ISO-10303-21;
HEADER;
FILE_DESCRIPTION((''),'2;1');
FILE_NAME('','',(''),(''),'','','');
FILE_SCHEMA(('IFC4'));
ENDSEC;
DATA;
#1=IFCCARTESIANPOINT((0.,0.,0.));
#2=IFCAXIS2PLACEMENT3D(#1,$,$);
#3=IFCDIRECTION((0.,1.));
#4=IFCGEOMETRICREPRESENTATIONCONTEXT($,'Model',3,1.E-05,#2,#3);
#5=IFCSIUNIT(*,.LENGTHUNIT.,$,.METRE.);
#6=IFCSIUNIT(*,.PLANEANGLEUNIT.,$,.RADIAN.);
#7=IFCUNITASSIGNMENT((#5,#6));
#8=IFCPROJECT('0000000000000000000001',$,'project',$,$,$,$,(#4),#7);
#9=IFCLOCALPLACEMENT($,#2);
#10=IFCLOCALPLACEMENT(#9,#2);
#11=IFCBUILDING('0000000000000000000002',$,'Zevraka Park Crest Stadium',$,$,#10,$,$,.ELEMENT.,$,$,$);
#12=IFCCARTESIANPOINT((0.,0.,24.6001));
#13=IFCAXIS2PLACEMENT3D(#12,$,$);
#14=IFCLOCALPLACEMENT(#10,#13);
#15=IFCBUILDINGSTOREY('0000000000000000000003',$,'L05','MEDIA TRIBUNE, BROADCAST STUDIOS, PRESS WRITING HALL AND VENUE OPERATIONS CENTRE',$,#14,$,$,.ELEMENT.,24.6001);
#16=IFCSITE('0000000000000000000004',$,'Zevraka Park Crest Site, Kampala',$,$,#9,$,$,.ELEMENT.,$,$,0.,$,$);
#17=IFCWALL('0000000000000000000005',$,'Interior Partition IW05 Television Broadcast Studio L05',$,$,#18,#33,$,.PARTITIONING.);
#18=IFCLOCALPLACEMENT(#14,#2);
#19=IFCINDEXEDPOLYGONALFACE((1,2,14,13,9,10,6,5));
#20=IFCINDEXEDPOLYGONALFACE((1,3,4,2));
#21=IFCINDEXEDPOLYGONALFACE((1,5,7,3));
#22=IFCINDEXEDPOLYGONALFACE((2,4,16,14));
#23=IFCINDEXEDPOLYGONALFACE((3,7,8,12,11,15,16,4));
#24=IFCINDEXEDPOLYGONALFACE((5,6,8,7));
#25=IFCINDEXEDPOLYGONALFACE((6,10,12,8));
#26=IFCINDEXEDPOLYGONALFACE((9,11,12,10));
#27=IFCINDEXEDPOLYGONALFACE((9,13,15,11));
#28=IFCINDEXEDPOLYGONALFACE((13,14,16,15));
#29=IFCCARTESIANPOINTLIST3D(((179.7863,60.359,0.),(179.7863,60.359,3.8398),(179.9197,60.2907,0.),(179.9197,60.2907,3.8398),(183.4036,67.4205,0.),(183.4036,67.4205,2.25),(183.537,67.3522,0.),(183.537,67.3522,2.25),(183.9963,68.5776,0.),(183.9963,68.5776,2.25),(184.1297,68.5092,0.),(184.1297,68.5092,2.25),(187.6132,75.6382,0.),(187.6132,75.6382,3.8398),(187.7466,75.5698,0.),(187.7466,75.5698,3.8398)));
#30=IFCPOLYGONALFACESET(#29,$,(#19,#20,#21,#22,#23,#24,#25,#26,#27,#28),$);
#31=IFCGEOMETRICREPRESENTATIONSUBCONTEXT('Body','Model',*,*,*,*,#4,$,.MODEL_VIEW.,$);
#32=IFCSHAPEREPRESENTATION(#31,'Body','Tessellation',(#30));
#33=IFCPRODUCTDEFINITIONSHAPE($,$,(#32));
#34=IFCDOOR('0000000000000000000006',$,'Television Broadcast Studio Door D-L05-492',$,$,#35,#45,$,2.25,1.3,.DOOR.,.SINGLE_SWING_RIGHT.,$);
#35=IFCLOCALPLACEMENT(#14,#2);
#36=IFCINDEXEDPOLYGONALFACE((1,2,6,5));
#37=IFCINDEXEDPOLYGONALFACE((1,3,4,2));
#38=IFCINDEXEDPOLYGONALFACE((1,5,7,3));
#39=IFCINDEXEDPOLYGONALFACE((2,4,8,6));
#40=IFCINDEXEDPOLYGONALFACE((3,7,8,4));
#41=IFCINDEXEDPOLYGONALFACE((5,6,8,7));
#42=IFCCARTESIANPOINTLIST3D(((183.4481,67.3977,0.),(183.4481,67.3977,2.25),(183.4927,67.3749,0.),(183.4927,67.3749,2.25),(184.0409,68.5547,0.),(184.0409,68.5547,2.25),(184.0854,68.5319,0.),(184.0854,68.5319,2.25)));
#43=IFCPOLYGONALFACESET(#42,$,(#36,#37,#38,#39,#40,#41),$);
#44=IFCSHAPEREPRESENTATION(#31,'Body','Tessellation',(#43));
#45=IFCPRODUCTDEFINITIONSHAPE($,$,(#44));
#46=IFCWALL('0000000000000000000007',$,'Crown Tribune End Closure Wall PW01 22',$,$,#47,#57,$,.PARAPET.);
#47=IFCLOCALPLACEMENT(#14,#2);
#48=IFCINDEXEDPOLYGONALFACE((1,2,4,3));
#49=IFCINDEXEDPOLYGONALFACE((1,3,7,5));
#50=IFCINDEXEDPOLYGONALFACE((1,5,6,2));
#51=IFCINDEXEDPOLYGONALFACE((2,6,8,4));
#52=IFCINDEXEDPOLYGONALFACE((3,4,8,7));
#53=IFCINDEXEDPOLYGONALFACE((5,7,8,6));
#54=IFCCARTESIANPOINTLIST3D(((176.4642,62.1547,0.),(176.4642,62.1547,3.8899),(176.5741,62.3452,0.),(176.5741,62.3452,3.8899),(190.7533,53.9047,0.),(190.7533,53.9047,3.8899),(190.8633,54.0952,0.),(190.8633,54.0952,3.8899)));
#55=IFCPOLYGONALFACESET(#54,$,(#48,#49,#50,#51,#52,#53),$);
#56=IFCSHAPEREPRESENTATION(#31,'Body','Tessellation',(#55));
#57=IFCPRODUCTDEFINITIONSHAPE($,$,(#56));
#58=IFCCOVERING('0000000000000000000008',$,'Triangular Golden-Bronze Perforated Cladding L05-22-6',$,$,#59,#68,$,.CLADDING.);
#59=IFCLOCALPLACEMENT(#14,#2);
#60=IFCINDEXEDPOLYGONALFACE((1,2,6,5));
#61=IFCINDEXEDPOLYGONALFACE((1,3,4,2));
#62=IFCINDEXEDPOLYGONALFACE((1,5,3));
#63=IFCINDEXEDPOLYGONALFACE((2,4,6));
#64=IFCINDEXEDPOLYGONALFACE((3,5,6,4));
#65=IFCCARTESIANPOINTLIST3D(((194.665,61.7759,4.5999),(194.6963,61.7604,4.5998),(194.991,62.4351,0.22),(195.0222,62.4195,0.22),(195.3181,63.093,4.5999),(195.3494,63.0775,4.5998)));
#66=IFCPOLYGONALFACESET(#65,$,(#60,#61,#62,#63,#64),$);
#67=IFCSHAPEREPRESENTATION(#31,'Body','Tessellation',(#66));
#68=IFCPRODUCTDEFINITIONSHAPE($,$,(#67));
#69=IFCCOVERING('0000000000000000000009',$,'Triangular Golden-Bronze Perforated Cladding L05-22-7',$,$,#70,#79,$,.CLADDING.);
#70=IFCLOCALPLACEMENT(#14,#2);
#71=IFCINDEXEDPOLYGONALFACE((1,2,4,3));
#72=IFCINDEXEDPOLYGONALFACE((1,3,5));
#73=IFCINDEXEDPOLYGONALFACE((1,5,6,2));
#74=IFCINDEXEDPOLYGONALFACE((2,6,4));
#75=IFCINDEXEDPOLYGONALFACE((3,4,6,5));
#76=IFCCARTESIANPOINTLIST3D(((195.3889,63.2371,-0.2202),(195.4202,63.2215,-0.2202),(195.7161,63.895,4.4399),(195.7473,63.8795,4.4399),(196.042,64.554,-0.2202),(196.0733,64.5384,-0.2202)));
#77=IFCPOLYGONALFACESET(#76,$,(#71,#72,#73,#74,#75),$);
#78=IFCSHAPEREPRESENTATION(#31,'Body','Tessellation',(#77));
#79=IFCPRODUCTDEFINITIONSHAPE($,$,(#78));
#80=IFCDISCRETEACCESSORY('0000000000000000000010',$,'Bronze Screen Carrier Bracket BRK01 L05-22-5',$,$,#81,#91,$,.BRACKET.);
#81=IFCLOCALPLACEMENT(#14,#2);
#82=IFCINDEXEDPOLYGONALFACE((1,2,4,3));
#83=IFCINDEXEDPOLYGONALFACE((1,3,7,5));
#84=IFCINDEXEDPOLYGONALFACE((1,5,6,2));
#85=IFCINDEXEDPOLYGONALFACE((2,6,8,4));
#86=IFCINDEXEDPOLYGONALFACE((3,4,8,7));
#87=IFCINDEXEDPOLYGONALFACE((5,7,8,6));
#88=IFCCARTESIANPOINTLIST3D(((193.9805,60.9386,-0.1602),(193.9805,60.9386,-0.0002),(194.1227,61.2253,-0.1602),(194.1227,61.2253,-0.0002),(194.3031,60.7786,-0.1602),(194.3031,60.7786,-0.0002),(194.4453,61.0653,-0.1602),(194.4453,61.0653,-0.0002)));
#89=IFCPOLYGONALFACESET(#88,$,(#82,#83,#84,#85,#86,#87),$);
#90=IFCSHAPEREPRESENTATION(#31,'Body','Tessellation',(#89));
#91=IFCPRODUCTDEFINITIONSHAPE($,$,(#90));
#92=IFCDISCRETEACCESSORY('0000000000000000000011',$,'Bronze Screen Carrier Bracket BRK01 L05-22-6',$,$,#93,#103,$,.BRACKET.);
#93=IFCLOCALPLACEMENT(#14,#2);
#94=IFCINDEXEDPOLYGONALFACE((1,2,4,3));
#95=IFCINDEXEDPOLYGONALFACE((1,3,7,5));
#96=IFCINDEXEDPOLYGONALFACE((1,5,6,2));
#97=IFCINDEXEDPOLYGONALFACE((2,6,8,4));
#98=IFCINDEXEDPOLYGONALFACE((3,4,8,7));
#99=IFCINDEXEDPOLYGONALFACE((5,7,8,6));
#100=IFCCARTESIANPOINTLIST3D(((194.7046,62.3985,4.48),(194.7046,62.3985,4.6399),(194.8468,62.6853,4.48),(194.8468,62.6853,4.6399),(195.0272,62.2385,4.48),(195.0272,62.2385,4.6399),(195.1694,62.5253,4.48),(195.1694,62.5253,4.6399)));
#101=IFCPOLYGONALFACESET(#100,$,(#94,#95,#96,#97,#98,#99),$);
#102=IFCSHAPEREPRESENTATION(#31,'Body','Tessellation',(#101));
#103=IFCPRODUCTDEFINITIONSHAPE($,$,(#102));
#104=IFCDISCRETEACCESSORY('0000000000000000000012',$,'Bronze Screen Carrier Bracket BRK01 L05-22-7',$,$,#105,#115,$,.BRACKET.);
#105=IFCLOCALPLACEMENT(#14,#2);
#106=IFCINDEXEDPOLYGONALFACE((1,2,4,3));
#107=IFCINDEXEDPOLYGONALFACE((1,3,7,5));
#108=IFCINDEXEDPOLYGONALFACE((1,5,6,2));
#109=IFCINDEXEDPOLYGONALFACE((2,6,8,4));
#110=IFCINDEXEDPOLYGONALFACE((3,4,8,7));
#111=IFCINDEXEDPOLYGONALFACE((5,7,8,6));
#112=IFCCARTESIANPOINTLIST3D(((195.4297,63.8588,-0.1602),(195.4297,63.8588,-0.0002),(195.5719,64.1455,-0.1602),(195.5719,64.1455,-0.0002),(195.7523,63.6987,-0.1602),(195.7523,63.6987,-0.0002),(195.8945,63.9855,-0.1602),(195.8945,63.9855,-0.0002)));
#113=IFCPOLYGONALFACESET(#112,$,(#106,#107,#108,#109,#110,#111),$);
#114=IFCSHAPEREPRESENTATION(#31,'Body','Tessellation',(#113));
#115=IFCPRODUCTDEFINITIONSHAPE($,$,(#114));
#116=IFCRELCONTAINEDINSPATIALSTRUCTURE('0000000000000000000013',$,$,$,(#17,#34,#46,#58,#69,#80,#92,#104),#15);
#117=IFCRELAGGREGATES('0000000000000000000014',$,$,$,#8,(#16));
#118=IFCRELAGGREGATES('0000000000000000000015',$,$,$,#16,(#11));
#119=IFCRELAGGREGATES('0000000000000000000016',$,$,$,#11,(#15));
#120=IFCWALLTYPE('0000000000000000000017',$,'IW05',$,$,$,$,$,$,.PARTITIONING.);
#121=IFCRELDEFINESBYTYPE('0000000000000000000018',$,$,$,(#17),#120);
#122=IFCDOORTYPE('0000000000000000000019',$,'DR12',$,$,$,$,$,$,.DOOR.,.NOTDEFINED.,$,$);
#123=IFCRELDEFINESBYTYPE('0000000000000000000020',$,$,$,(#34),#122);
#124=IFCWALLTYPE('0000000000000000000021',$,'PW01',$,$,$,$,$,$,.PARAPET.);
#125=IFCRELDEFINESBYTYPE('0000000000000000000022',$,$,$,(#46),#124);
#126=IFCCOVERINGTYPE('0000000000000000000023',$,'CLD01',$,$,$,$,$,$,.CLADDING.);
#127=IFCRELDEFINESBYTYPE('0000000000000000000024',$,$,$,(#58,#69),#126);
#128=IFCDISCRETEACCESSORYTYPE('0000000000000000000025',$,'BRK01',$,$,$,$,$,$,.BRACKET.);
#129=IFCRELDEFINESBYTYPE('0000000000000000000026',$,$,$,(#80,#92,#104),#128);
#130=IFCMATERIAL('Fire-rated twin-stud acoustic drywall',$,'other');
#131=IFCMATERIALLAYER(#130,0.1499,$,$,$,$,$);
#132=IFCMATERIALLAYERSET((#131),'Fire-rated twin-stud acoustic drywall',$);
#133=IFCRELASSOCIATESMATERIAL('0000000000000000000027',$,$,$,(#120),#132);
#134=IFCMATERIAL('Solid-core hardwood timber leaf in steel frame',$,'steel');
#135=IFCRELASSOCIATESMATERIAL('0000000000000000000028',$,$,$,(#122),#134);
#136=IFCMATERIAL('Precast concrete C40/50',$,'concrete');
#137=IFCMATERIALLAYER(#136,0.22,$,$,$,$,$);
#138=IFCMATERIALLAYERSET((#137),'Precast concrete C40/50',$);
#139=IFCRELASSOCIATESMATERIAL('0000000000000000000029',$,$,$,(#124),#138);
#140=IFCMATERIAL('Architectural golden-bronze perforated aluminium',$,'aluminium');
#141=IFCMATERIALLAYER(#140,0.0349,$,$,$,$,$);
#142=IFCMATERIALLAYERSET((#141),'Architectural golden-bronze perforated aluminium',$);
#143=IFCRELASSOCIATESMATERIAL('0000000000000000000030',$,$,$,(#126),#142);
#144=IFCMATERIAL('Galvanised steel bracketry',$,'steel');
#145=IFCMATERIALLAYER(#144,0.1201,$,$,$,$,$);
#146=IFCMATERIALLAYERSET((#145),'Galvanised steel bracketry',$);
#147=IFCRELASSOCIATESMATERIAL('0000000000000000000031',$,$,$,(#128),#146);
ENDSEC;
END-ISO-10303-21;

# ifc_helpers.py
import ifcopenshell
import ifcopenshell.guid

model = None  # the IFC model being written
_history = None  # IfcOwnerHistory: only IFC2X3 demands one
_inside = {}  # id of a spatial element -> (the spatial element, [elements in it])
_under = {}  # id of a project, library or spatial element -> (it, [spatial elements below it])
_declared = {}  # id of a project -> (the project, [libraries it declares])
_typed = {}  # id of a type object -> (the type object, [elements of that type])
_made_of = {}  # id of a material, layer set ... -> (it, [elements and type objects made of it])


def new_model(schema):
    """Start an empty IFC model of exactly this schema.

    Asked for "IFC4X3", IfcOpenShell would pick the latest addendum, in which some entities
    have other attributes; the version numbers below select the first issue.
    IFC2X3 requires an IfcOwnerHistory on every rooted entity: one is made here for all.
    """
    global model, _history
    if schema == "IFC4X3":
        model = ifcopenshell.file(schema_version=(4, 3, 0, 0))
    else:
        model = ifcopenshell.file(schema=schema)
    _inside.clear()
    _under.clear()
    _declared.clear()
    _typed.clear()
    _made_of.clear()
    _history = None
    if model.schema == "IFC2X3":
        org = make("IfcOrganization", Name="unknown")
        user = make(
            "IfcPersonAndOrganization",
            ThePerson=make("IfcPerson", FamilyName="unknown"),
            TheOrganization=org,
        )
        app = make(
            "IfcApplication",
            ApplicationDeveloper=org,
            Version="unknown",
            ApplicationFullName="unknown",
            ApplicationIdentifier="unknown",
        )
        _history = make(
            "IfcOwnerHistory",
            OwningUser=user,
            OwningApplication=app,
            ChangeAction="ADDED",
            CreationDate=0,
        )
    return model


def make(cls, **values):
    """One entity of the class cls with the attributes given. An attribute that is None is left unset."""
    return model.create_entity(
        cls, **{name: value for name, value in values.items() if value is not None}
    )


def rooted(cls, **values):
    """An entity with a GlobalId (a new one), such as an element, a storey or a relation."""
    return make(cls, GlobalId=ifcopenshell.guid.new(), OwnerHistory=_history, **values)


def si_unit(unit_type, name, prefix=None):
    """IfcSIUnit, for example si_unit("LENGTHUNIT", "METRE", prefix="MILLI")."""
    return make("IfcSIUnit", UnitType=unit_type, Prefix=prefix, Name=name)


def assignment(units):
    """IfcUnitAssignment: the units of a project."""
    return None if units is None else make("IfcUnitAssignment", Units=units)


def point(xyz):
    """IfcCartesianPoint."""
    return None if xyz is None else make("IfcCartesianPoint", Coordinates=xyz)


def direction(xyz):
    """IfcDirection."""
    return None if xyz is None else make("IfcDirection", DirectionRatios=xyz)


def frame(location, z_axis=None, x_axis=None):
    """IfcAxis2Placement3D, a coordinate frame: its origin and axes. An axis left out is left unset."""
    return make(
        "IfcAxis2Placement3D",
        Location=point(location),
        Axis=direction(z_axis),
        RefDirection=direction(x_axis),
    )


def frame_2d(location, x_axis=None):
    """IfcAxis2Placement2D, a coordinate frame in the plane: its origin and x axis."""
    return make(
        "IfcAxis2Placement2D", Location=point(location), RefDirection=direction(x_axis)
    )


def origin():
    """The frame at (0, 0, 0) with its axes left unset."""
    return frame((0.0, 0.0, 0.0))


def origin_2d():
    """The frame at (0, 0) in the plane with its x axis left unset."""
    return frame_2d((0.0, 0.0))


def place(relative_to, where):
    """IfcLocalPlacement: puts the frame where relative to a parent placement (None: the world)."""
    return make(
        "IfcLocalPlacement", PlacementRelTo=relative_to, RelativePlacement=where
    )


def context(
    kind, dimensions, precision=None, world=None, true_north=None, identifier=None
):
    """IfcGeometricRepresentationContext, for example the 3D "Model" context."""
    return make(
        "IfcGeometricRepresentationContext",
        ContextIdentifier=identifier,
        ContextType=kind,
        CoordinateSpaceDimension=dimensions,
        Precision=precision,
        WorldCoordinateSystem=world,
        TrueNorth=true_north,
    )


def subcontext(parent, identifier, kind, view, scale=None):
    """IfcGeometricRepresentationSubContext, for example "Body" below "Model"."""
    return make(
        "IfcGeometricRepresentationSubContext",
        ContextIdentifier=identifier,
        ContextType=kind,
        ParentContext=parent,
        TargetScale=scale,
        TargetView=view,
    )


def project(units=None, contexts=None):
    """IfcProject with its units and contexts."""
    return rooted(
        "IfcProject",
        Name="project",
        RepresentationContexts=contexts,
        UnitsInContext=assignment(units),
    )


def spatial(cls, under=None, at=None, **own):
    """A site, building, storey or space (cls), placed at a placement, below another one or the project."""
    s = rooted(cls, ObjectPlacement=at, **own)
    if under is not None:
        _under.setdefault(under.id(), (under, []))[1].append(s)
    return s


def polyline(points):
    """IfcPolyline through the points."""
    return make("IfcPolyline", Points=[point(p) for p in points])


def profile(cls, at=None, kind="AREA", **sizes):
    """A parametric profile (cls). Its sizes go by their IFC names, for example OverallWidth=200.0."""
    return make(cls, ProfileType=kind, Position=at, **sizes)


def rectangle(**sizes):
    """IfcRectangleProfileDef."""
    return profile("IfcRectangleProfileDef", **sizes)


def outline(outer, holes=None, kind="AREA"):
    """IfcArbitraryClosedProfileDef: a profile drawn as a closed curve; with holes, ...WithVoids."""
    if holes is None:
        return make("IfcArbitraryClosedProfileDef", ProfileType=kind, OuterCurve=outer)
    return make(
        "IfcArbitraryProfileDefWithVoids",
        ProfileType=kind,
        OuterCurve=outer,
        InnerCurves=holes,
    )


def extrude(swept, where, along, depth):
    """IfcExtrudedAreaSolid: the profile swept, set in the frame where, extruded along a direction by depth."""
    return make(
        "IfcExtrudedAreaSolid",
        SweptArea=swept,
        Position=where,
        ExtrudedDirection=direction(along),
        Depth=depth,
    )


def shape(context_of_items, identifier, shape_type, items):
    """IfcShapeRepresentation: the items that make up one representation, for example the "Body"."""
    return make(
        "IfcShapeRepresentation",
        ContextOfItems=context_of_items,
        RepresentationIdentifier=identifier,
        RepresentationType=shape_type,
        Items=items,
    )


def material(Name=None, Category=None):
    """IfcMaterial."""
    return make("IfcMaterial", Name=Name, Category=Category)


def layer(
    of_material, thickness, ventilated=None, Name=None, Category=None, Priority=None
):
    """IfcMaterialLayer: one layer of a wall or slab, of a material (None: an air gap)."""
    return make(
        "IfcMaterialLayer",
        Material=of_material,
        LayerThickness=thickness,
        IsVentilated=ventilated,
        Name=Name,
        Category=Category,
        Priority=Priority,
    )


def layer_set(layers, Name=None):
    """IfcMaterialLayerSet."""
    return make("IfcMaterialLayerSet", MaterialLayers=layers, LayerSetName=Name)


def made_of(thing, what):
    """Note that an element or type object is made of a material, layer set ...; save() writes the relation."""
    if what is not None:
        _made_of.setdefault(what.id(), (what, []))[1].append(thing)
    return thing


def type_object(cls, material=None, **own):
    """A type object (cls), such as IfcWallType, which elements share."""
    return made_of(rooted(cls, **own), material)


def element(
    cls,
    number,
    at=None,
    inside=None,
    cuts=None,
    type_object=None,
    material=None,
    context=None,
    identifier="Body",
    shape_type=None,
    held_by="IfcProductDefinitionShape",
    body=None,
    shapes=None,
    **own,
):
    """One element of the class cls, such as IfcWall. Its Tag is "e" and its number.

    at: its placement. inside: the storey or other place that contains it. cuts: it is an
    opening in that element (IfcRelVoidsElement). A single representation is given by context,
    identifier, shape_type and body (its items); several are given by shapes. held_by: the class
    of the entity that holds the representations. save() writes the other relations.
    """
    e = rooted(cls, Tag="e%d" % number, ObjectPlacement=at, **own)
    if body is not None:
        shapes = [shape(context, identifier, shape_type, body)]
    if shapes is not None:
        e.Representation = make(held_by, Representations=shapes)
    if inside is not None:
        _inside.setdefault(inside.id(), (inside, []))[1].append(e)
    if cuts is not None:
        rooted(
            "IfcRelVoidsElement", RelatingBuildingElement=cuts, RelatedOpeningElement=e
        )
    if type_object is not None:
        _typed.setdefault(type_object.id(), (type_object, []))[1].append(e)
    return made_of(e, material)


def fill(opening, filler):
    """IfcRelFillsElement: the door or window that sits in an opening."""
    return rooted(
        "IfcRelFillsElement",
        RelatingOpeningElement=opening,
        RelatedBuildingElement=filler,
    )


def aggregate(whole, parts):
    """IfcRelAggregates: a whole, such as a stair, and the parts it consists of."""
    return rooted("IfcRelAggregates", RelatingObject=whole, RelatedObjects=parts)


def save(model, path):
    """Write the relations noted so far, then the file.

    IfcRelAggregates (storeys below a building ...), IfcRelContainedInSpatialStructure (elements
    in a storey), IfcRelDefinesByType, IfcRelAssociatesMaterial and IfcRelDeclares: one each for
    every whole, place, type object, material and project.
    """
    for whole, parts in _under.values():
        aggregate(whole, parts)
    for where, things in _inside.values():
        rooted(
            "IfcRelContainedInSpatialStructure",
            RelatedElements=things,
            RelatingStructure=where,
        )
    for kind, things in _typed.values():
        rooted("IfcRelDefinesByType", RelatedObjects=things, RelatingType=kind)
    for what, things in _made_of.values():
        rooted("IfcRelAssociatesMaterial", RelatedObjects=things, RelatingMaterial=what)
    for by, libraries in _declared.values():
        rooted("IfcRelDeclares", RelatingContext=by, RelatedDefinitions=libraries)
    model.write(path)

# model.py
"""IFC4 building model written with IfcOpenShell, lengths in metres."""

from ifc_helpers import new_model, si_unit, direction, frame, frame_2d, origin, origin_2d, place, context, subcontext, project, spatial, polyline, rectangle, outline, extrude, material, layer, layer_set, type_object, element, fill, save


model = new_model("IFC4")

# Units and contexts
model_context = context("Model", 3, precision=1e-05, world=origin(), true_north=direction((0.0, 1.0)))
body_context = subcontext(model_context, "Body", "Model", "MODEL_VIEW")
ifc_project = project(units=[si_unit("LENGTHUNIT", "METRE"), si_unit("PLANEANGLEUNIT", "RADIAN")], contexts=[model_context])

# Site, building, storey
site_placement = place(None, origin())
site = spatial("IfcSite", under=ifc_project, at=site_placement, Name="Zevraka Park Crest Site, Kampala", CompositionType="ELEMENT", RefElevation=0.0)
building_placement = place(site_placement, origin())
building = spatial("IfcBuilding", under=site, at=building_placement, Name="Zevraka Park Crest Stadium", CompositionType="ELEMENT")
storey_placement = place(building_placement, frame((0.0, 0.0, 24.6001)))
storey = spatial("IfcBuildingStorey", under=building, at=storey_placement, Name="L05", Description="MEDIA TRIBUNE, BROADCAST STUDIOS, PRESS WRITING HALL AND VENUE OPERATIONS CENTRE", CompositionType="ELEMENT", Elevation=24.6001)

# Wall, opening, door
ifc_material_1 = material(Name="Fire-rated twin-stud acoustic drywall", Category="other")
ifc_layer_1 = layer(ifc_material_1, 0.1499)
ifc_layer_set_1 = layer_set([ifc_layer_1], Name="Fire-rated twin-stud acoustic drywall")
wall_type_1 = type_object("IfcWallType", Name="IW05", PredefinedType="PARTITIONING", material=ifc_layer_set_1)
wall_1_placement = place(storey_placement, frame((179.853, 60.325, 0.0), z_axis=(0.0, 0.0, 1.0), x_axis=(0.455924, 0.890019, 0.0)))
wall_1 = element("IfcWall", 1, at=wall_1_placement, inside=storey, type_object=wall_type_1, Name="Interior Partition IW05 Television Broadcast Studio L05", PredefinedType="PARTITIONING", context=body_context, shape_type="SweptSolid", body=[
    extrude(rectangle(XDim=17.1672, YDim=0.1499, at=frame_2d((8.5835, 0.0))), origin(), (0.0, 0.0, 1.0), 3.8398),
])
opening_placement = place(wall_1_placement, frame((7.9341, 0.0, 0.0)))
opening = element("IfcOpeningElement", 2, at=opening_placement, cuts=wall_1, PredefinedType="OPENING", context=body_context, shape_type="SweptSolid", body=[
    extrude(rectangle(XDim=1.3, YDim=2.25, at=frame_2d((0.6499, 1.125))), frame((0.0, 0.085, 0.0), z_axis=(0.0, -1.0, 0.0), x_axis=(1.0, 0.0, 0.0)), (0.0, 0.0, 1.0), 0.1699),
])
ifc_material_2 = material(Name="Solid-core hardwood timber leaf in steel frame", Category="steel")
door_type = type_object("IfcDoorType", Name="DR12", OperationType="NOTDEFINED", PredefinedType="DOOR", material=ifc_material_2)
door_placement = place(opening_placement, origin())
door = element("IfcDoor", 3, at=door_placement, inside=storey, type_object=door_type, Name="Television Broadcast Studio Door D-L05-492", OperationType="SINGLE_SWING_RIGHT", OverallHeight=2.25, OverallWidth=1.3, PredefinedType="DOOR", context=body_context, shape_type="SweptSolid", body=[
    extrude(rectangle(XDim=1.3, YDim=2.25, at=frame_2d((0.6499, 1.125))), frame((0.0, 0.0249, 0.0), z_axis=(0.0, -1.0, 0.0), x_axis=(1.0, 0.0, 0.0)), (0.0, 0.0, 1.0), 0.05),
])
fill(opening, door)

# Wall
ifc_material_3 = material(Name="Precast concrete C40/50", Category="concrete")
ifc_layer_2 = layer(ifc_material_3, 0.22)
ifc_layer_set_2 = layer_set([ifc_layer_2], Name="Precast concrete C40/50")
wall_type_2 = type_object("IfcWallType", Name="PW01", PredefinedType="PARAPET", material=ifc_layer_set_2)
wall_2_placement = place(storey_placement, frame((176.519, 62.25, 0.0), z_axis=(0.0, 0.0, 1.0), x_axis=(0.86602, -0.500009, 0.0)))
element("IfcWall", 4, at=wall_2_placement, inside=storey, type_object=wall_type_2, Name="Crown Tribune End Closure Wall PW01 22", PredefinedType="PARAPET", context=body_context, shape_type="SweptSolid", body=[
    extrude(rectangle(XDim=16.4998, YDim=0.22, at=frame_2d((8.25, 0.0))), origin(), (0.0, 0.0, 1.0), 3.8899),
])

# Coverings
ifc_material_4 = material(Name="Architectural golden-bronze perforated aluminium", Category="aluminium")
ifc_layer_3 = layer(ifc_material_4, 0.0349)
ifc_layer_set_3 = layer_set([ifc_layer_3], Name="Architectural golden-bronze perforated aluminium")
covering_type = type_object("IfcCoveringType", Name="CLD01", PredefinedType="CLADDING", material=ifc_layer_set_3)
covering_1_placement = place(storey_placement, frame((195.3181, 63.093, 4.5999), z_axis=(-0.895917, 0.444222, 0.000187), x_axis=(-0.444222, -0.895917, 0.0)))
element("IfcCovering", 5, at=covering_1_placement, inside=storey, type_object=covering_type, Name="Triangular Golden-Bronze Perforated Cladding L05-22-6", PredefinedType="CLADDING", context=body_context, shape_type="SweptSolid", body=[
    extrude(outline(polyline([(0.0, 0.0), (1.4702, 0.0), (0.7348, -4.3799), (0.0, 0.0)])), origin(), (0.0, 0.0, -1.0), 0.0349),
])
covering_2_placement = place(storey_placement, frame((195.3889, 63.2371, -0.2202), z_axis=(-0.895884, 0.444288, 0.000164), x_axis=(0.444288, 0.895884, 0.0)))
element("IfcCovering", 6, at=covering_2_placement, inside=storey, type_object=covering_type, Name="Triangular Golden-Bronze Perforated Cladding L05-22-7", PredefinedType="CLADDING", context=body_context, shape_type="SweptSolid", body=[
    extrude(outline(polyline([(0.0, 0.0), (1.4699, 0.0), (0.7348, -4.6602), (0.0, 0.0)])), origin(), (0.0, 0.0, -1.0), 0.0349),
])

# Discrete accessories
ifc_material_5 = material(Name="Galvanised steel bracketry", Category="steel")
ifc_layer_4 = layer(ifc_material_5, 0.1201)
ifc_layer_set_4 = layer_set([ifc_layer_4], Name="Galvanised steel bracketry")
discrete_accessory_type = type_object("IfcDiscreteAccessoryType", Name="BRK01", PredefinedType="BRACKET", material=ifc_layer_set_4)
for number, where, z_axis, x_axis, name in (
    (7, (194.2129, 61.002, -0.1602), (0.0, 0.0, 1.0), (0.444322, 0.895867, 0.0), "Bronze Screen Carrier Bracket BRK01 L05-22-5"),
    (8, (194.937, 62.4619, 4.48), (0.0, 0.0, 1.0), (0.444322, 0.895867, 0.0), "Bronze Screen Carrier Bracket BRK01 L05-22-6"),
    (9, (195.6621, 63.9221, -0.1602), (0.0, 0.0, 1.0), (0.444322, 0.895867, 0.0), "Bronze Screen Carrier Bracket BRK01 L05-22-7"),
):
    element("IfcDiscreteAccessory", number, at=place(storey_placement, frame(where, z_axis=z_axis, x_axis=x_axis)), inside=storey, type_object=discrete_accessory_type, Name=name, PredefinedType="BRACKET", context=body_context, shape_type="SweptSolid", body=[
        extrude(rectangle(XDim=0.3201, YDim=0.3601, at=origin_2d()), origin(), (0.0, 0.0, 1.0), 0.1599),
    ])

save(model, "model.ifc")
